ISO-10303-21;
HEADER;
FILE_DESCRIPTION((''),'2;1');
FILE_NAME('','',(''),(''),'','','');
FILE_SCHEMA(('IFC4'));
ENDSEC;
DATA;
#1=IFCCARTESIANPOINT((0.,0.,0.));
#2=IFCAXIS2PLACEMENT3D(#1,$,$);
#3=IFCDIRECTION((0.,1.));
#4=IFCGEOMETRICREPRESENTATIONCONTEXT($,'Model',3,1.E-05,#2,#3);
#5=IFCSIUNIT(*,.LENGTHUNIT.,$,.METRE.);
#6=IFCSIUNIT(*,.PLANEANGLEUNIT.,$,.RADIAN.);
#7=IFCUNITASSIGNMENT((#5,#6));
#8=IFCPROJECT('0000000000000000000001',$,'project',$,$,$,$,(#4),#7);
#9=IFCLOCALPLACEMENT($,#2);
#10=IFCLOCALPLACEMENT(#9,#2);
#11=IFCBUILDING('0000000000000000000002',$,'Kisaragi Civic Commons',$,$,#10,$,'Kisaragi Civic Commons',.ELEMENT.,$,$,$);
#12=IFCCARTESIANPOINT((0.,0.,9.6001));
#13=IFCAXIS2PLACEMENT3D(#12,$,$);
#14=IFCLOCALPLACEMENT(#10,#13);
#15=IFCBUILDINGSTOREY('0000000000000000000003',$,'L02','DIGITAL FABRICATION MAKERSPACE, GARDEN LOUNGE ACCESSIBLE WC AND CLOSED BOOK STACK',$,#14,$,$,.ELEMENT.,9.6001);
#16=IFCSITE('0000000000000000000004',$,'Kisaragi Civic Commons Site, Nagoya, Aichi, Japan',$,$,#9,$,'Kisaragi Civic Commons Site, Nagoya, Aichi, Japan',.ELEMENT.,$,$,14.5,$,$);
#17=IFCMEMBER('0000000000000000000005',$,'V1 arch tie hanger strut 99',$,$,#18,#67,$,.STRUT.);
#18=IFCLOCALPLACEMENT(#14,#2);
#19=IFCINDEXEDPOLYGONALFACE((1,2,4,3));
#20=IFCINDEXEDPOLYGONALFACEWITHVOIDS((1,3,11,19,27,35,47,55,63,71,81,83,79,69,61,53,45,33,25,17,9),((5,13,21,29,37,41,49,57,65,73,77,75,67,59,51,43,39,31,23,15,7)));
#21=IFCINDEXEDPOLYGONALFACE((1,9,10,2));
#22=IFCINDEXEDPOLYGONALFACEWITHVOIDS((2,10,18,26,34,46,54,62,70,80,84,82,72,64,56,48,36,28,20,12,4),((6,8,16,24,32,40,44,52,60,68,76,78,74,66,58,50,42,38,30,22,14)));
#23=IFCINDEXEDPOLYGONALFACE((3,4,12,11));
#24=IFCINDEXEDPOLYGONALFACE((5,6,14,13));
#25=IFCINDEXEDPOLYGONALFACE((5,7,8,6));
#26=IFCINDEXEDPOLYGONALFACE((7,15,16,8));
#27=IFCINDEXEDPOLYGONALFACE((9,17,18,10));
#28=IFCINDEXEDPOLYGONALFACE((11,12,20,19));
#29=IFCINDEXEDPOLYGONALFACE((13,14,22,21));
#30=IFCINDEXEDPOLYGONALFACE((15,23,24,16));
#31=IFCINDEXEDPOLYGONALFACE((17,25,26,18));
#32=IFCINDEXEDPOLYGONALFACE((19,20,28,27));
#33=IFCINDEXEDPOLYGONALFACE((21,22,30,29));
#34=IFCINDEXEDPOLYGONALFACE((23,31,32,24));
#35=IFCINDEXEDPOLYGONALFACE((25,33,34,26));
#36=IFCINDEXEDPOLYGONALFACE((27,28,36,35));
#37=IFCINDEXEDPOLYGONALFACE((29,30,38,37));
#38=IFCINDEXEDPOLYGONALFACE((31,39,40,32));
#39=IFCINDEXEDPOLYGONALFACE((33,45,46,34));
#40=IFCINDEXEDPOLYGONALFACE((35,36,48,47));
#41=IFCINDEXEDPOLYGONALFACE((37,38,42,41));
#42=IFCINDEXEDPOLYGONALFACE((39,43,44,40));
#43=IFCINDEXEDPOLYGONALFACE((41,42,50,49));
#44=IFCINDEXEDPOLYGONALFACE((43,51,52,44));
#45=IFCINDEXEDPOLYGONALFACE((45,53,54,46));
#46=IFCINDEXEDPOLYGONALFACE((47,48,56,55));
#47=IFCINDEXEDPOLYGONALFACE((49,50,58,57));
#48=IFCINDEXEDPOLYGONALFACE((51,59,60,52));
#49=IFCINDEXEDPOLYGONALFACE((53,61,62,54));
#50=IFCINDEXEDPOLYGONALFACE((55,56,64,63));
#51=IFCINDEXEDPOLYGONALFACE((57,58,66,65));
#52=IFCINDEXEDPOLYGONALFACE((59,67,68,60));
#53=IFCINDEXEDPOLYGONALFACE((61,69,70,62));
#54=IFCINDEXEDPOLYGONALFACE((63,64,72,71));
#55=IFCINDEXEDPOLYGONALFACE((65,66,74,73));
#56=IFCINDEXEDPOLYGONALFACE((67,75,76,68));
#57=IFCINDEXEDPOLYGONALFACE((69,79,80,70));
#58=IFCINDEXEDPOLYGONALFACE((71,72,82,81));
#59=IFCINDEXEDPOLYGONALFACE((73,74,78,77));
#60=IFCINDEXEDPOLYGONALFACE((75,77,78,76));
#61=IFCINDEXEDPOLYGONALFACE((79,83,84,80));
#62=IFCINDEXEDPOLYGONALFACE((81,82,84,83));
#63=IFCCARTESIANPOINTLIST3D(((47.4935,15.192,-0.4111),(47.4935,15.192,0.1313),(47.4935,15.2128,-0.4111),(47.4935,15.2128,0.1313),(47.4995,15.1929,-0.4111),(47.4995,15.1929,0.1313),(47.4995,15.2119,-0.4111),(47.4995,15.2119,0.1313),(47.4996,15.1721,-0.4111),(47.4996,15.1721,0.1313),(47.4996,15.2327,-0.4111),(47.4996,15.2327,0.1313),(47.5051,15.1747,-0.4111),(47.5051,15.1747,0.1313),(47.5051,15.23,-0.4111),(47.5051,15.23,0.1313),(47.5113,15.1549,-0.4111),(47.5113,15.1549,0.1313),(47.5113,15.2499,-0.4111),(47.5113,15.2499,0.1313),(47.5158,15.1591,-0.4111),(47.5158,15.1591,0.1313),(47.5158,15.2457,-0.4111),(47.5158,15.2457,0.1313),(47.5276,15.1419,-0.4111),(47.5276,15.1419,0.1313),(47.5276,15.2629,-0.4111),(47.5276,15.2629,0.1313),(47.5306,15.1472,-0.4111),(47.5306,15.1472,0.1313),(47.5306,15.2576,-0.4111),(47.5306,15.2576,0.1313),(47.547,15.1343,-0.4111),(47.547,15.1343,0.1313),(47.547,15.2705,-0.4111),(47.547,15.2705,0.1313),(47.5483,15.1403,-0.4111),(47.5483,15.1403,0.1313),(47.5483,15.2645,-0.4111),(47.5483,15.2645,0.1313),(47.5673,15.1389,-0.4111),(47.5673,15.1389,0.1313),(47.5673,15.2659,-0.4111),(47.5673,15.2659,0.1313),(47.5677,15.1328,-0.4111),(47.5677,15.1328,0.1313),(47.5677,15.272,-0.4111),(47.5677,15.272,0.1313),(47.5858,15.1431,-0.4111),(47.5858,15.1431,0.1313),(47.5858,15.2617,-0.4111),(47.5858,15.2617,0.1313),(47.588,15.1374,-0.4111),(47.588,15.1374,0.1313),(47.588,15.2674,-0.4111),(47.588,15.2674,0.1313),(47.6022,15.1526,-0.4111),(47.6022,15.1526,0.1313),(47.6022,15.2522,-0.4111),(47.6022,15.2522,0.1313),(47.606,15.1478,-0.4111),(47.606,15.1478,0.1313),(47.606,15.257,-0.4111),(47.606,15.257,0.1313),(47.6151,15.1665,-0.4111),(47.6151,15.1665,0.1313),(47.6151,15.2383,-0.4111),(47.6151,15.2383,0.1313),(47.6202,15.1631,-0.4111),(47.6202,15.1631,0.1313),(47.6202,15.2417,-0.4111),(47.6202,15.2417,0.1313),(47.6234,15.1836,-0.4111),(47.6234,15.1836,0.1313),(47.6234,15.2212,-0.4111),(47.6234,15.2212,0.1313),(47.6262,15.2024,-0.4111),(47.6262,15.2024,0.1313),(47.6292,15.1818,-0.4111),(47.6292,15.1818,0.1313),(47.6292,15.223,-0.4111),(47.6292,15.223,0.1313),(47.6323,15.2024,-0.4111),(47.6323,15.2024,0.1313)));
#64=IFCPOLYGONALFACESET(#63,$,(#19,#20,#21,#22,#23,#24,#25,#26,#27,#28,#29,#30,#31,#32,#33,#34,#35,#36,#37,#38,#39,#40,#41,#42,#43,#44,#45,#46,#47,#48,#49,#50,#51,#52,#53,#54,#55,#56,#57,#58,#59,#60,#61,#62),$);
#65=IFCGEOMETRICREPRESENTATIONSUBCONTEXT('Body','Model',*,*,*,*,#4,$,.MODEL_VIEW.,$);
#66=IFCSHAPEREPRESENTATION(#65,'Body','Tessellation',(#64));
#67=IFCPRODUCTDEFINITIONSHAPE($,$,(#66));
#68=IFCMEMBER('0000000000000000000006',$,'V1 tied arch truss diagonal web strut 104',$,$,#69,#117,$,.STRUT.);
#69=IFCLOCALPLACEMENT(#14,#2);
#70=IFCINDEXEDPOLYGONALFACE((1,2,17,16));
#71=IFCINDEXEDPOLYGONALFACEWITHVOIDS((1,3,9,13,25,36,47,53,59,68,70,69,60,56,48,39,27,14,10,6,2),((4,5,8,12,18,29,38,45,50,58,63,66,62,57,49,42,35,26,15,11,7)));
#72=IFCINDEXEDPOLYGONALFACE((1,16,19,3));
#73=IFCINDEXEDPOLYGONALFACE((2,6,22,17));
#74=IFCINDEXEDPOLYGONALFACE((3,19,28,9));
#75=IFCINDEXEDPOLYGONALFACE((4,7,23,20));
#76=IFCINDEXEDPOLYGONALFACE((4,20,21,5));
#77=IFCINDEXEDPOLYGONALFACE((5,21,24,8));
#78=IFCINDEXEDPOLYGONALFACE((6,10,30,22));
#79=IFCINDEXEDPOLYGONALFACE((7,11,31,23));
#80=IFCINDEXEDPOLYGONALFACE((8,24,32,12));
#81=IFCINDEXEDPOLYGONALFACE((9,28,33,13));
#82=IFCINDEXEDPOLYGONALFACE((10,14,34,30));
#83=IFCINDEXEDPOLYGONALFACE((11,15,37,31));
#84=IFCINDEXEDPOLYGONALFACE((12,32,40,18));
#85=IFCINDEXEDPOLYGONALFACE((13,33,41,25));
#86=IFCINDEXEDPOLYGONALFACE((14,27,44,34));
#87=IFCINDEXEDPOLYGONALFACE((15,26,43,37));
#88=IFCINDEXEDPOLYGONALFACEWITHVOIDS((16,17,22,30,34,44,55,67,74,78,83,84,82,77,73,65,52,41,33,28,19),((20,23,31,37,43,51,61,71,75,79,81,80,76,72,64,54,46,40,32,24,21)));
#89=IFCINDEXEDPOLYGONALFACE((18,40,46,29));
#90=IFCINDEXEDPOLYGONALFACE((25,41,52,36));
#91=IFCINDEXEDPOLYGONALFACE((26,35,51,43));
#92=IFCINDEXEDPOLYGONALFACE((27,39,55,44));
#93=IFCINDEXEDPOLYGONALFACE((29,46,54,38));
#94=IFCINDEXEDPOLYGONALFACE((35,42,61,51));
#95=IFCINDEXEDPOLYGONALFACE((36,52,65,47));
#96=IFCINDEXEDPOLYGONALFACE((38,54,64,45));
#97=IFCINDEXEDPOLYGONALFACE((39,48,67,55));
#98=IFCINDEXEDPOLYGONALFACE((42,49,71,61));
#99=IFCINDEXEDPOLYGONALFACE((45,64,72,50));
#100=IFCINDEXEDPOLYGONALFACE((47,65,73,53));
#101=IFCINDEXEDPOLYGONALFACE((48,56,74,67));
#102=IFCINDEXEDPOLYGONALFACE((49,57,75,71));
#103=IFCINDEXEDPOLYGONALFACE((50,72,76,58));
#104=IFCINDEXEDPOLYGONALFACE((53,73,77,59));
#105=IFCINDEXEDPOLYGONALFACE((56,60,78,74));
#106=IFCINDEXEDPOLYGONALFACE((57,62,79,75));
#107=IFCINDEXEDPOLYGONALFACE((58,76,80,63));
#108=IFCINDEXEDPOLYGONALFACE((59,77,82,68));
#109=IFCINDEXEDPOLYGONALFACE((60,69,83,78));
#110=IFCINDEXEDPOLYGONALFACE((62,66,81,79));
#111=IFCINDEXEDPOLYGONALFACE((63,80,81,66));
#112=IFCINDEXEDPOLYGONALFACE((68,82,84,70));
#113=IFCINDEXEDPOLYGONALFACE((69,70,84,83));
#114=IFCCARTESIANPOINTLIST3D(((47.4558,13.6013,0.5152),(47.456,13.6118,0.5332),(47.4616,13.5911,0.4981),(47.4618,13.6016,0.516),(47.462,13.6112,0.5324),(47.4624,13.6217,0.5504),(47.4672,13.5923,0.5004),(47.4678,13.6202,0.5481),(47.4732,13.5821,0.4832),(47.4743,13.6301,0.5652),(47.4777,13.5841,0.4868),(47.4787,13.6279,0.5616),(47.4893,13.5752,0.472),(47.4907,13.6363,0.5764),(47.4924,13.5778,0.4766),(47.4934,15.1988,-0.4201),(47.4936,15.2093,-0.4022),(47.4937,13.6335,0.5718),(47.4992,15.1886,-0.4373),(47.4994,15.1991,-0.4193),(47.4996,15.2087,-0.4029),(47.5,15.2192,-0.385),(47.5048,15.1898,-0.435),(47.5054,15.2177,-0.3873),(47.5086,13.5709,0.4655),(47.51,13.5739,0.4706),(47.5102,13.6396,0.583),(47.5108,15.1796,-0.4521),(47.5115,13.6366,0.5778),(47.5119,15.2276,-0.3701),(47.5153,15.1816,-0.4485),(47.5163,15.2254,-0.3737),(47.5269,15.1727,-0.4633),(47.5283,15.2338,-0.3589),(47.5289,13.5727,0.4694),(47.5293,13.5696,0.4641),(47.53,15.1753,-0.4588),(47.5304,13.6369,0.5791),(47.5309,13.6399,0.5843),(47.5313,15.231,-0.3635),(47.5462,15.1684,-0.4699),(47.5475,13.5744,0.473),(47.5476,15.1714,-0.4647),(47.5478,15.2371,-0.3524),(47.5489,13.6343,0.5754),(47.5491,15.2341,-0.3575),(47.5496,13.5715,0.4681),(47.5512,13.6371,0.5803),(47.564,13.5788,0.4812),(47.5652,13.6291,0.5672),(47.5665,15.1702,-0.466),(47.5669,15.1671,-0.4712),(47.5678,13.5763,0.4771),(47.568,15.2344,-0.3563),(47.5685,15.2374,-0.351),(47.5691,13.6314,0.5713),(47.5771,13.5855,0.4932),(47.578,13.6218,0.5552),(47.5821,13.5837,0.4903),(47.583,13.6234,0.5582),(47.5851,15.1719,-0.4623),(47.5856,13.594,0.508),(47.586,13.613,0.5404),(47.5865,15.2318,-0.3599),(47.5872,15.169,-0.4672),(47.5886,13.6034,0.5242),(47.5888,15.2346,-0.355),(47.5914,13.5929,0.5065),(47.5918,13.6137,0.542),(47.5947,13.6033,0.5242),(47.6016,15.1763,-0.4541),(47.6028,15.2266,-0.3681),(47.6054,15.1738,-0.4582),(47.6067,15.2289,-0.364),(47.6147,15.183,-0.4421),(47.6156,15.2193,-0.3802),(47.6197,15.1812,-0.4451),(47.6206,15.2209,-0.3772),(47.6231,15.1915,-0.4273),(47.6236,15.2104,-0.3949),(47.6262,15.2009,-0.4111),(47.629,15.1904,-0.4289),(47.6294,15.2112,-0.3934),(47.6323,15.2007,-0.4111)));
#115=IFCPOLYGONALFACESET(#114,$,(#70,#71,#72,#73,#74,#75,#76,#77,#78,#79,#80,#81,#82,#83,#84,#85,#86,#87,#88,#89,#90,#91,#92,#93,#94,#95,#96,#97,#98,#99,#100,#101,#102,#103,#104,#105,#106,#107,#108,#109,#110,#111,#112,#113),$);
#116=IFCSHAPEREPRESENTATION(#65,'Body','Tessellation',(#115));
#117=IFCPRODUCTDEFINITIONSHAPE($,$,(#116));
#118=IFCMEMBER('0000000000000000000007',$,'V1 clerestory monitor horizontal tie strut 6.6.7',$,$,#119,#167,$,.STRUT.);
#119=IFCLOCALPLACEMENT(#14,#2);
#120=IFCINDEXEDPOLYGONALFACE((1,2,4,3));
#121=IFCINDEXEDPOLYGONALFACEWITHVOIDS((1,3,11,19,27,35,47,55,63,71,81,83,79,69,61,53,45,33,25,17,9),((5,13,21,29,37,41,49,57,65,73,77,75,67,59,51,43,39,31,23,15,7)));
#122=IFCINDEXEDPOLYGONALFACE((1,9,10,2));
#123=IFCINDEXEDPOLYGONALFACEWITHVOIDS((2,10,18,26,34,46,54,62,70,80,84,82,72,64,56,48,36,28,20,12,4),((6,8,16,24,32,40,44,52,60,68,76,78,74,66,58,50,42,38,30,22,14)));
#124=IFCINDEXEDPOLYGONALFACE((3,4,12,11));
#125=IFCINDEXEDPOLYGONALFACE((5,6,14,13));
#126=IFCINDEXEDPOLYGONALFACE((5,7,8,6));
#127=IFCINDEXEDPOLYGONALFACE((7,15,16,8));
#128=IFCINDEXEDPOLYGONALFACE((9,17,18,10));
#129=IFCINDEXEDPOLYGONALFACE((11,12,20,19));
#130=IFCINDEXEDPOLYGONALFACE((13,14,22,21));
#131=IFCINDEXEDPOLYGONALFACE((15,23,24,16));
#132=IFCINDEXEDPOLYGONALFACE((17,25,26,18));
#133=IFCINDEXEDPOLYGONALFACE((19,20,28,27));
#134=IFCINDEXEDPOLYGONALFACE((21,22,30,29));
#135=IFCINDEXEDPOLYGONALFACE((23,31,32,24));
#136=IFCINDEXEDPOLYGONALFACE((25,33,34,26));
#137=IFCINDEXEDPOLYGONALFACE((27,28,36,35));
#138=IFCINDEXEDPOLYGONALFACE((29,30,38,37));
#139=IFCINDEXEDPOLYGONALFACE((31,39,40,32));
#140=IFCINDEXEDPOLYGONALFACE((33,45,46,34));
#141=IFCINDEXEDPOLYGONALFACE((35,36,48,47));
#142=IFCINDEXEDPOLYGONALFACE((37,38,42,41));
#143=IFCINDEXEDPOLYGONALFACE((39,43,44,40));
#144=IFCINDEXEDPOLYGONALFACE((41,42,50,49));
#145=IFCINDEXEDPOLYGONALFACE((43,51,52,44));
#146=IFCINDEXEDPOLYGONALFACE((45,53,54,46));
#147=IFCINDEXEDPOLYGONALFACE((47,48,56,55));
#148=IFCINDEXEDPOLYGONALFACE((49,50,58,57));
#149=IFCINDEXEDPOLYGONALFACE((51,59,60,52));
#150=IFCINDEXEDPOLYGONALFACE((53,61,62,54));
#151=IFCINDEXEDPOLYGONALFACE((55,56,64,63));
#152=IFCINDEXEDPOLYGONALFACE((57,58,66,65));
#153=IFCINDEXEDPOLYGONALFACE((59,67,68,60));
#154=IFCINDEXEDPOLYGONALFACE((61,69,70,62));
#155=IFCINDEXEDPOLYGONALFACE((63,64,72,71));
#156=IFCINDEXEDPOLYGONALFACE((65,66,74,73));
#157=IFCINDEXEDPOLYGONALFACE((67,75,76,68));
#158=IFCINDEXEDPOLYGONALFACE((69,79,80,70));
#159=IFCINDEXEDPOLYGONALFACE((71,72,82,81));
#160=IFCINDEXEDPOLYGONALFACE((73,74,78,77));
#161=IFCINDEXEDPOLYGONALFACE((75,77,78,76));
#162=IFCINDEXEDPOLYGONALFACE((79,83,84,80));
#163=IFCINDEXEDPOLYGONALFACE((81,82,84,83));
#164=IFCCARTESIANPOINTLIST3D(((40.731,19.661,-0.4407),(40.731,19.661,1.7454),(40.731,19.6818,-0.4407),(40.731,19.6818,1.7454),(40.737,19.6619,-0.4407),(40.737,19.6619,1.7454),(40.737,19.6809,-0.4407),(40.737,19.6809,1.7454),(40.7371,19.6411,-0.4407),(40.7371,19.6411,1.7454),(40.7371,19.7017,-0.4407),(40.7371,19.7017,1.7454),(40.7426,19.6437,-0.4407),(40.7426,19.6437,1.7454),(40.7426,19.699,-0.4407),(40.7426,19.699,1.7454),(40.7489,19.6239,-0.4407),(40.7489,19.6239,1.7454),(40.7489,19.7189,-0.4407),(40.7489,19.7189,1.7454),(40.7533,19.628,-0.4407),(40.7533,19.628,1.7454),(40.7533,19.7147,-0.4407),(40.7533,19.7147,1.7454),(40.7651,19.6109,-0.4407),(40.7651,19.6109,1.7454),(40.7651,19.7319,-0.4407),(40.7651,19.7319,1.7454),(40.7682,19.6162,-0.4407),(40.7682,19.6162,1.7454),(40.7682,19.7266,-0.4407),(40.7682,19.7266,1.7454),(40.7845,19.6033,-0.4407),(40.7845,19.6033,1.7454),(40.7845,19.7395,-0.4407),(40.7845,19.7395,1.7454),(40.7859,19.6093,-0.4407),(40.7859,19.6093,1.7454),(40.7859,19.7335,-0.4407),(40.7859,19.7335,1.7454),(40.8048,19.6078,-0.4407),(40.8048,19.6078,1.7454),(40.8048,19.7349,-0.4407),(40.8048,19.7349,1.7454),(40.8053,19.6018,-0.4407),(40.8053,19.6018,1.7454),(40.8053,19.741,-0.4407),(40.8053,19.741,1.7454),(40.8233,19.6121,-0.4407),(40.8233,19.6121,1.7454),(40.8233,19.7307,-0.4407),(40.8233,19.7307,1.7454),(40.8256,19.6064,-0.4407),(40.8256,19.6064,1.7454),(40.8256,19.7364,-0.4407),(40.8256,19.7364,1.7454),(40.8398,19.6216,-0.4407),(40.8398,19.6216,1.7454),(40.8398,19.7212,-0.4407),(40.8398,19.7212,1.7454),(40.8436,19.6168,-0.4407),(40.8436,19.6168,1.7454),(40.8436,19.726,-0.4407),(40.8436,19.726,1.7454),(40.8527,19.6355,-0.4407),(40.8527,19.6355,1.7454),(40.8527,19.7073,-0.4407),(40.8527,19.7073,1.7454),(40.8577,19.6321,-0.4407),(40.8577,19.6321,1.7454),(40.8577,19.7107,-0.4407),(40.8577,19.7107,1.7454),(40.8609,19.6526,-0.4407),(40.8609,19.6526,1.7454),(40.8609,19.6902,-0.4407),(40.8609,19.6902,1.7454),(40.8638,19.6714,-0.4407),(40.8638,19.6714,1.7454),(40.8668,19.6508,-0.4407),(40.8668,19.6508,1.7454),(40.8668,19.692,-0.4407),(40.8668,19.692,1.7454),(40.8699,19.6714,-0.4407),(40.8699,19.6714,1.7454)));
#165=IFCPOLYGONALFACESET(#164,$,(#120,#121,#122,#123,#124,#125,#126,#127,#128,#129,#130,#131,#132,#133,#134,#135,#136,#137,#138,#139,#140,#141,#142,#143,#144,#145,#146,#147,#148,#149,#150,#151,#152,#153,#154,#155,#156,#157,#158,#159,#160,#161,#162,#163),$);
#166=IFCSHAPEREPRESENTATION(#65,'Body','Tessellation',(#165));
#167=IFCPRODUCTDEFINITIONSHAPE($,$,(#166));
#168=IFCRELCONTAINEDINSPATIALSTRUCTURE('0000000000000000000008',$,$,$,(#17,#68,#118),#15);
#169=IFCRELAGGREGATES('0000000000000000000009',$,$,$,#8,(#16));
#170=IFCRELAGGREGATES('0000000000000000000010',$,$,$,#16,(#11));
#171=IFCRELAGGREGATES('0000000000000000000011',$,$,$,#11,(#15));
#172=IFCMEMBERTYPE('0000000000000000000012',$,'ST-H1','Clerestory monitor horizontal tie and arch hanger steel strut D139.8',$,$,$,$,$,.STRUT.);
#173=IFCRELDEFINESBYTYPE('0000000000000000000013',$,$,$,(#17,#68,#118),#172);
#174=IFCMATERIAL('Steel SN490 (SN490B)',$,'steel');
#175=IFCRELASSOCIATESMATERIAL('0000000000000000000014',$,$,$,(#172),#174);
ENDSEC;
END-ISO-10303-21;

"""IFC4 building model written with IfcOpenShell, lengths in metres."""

from ifc_helpers import new_model, si_unit, direction, frame, origin, origin_2d, place, context, subcontext, project, spatial, hollow_circle, extrude, material, material_profile, profile_set, type_object, element, save


model = new_model("IFC4")

# Units and contexts
model_context = context("Model", 3, precision=1e-05, world=origin(), true_north=direction((0.0, 1.0)))
body_context = subcontext(model_context, "Body", "Model", "MODEL_VIEW")
ifc_project = project(units=[si_unit("LENGTHUNIT", "METRE"), si_unit("PLANEANGLEUNIT", "RADIAN")], contexts=[model_context])

# Site, building, storey
site_placement = place(None, origin())
site = spatial("IfcSite", under=ifc_project, at=site_placement, Name="Kisaragi Civic Commons Site, Nagoya, Aichi, Japan", LongName="Kisaragi Civic Commons Site, Nagoya, Aichi, Japan", CompositionType="ELEMENT", RefElevation=14.5)
building_placement = place(site_placement, origin())
building = spatial("IfcBuilding", under=site, at=building_placement, Name="Kisaragi Civic Commons", LongName="Kisaragi Civic Commons", CompositionType="ELEMENT")
storey_placement = place(building_placement, frame((0.0, 0.0, 9.6001)))
storey = spatial("IfcBuildingStorey", under=building, at=storey_placement, Name="L02", Description="DIGITAL FABRICATION MAKERSPACE, GARDEN LOUNGE ACCESSIBLE WC AND CLOSED BOOK STACK", CompositionType="ELEMENT", Elevation=9.6001)

# Shared definitions
ifc_material_1 = material(Name="Steel SN490 (SN490B)", Category="steel")

# Members
ifc_material_profile_1 = material_profile(ifc_material_1, hollow_circle(Radius=0.0698, WallThickness=0.0061, at=origin_2d()), Name="CHS-139.8x6.0", Category="steel")
ifc_profile_set_1 = profile_set([ifc_material_profile_1], Name="Steel SN490 (SN490B)")
member_type_1 = type_object("IfcMemberType", Name="ST-H1", Description="Clerestory monitor horizontal tie and arch hanger steel strut D139.8", PredefinedType="STRUT", material=ifc_profile_set_1)
member_1_placement = place(storey_placement, frame((47.5625, 15.2024, -0.4111), z_axis=(0.0, 0.0, 1.0), x_axis=(1.0, 0.0, 0.0)))
element("IfcMember", 1, at=member_1_placement, inside=storey, type_object=member_type_1, Name="V1 arch tie hanger strut 99", PredefinedType="STRUT", context=body_context, shape_type="SweptSolid", body=[
    extrude(hollow_circle(Radius=0.0698, WallThickness=0.0061, at=origin_2d()), origin(), (0.0, 0.0, 1.0), 0.5425),
])
member_2_placement = place(storey_placement, frame((47.5625, 15.2024, -0.4111), z_axis=(-0.020307, -0.862782, 0.505168), x_axis=(0.999723, -0.02353, 0.0)))
element("IfcMember", 2, at=member_2_placement, inside=storey, type_object=member_type_1, Name="V1 tied arch truss diagonal web strut 104", PredefinedType="STRUT", context=body_context, shape_type="SweptSolid", body=[
    extrude(hollow_circle(Radius=0.0698, WallThickness=0.0061, at=origin_2d()), origin(), (0.0, 0.0, 1.0), 1.8516),
])
member_3_placement = place(storey_placement, frame((40.8, 19.6714, -0.4407), z_axis=(0.0, 0.0, 1.0), x_axis=(1.0, 0.0, 0.0)))
element("IfcMember", 3, at=member_3_placement, inside=storey, type_object=member_type_1, Name="V1 clerestory monitor horizontal tie strut 6.6.7", PredefinedType="STRUT", context=body_context, shape_type="SweptSolid", body=[
    extrude(hollow_circle(Radius=0.0698, WallThickness=0.0061, at=origin_2d()), origin(), (0.0, 0.0, 1.0), 2.186),
])

save(model, "model.ifc")
